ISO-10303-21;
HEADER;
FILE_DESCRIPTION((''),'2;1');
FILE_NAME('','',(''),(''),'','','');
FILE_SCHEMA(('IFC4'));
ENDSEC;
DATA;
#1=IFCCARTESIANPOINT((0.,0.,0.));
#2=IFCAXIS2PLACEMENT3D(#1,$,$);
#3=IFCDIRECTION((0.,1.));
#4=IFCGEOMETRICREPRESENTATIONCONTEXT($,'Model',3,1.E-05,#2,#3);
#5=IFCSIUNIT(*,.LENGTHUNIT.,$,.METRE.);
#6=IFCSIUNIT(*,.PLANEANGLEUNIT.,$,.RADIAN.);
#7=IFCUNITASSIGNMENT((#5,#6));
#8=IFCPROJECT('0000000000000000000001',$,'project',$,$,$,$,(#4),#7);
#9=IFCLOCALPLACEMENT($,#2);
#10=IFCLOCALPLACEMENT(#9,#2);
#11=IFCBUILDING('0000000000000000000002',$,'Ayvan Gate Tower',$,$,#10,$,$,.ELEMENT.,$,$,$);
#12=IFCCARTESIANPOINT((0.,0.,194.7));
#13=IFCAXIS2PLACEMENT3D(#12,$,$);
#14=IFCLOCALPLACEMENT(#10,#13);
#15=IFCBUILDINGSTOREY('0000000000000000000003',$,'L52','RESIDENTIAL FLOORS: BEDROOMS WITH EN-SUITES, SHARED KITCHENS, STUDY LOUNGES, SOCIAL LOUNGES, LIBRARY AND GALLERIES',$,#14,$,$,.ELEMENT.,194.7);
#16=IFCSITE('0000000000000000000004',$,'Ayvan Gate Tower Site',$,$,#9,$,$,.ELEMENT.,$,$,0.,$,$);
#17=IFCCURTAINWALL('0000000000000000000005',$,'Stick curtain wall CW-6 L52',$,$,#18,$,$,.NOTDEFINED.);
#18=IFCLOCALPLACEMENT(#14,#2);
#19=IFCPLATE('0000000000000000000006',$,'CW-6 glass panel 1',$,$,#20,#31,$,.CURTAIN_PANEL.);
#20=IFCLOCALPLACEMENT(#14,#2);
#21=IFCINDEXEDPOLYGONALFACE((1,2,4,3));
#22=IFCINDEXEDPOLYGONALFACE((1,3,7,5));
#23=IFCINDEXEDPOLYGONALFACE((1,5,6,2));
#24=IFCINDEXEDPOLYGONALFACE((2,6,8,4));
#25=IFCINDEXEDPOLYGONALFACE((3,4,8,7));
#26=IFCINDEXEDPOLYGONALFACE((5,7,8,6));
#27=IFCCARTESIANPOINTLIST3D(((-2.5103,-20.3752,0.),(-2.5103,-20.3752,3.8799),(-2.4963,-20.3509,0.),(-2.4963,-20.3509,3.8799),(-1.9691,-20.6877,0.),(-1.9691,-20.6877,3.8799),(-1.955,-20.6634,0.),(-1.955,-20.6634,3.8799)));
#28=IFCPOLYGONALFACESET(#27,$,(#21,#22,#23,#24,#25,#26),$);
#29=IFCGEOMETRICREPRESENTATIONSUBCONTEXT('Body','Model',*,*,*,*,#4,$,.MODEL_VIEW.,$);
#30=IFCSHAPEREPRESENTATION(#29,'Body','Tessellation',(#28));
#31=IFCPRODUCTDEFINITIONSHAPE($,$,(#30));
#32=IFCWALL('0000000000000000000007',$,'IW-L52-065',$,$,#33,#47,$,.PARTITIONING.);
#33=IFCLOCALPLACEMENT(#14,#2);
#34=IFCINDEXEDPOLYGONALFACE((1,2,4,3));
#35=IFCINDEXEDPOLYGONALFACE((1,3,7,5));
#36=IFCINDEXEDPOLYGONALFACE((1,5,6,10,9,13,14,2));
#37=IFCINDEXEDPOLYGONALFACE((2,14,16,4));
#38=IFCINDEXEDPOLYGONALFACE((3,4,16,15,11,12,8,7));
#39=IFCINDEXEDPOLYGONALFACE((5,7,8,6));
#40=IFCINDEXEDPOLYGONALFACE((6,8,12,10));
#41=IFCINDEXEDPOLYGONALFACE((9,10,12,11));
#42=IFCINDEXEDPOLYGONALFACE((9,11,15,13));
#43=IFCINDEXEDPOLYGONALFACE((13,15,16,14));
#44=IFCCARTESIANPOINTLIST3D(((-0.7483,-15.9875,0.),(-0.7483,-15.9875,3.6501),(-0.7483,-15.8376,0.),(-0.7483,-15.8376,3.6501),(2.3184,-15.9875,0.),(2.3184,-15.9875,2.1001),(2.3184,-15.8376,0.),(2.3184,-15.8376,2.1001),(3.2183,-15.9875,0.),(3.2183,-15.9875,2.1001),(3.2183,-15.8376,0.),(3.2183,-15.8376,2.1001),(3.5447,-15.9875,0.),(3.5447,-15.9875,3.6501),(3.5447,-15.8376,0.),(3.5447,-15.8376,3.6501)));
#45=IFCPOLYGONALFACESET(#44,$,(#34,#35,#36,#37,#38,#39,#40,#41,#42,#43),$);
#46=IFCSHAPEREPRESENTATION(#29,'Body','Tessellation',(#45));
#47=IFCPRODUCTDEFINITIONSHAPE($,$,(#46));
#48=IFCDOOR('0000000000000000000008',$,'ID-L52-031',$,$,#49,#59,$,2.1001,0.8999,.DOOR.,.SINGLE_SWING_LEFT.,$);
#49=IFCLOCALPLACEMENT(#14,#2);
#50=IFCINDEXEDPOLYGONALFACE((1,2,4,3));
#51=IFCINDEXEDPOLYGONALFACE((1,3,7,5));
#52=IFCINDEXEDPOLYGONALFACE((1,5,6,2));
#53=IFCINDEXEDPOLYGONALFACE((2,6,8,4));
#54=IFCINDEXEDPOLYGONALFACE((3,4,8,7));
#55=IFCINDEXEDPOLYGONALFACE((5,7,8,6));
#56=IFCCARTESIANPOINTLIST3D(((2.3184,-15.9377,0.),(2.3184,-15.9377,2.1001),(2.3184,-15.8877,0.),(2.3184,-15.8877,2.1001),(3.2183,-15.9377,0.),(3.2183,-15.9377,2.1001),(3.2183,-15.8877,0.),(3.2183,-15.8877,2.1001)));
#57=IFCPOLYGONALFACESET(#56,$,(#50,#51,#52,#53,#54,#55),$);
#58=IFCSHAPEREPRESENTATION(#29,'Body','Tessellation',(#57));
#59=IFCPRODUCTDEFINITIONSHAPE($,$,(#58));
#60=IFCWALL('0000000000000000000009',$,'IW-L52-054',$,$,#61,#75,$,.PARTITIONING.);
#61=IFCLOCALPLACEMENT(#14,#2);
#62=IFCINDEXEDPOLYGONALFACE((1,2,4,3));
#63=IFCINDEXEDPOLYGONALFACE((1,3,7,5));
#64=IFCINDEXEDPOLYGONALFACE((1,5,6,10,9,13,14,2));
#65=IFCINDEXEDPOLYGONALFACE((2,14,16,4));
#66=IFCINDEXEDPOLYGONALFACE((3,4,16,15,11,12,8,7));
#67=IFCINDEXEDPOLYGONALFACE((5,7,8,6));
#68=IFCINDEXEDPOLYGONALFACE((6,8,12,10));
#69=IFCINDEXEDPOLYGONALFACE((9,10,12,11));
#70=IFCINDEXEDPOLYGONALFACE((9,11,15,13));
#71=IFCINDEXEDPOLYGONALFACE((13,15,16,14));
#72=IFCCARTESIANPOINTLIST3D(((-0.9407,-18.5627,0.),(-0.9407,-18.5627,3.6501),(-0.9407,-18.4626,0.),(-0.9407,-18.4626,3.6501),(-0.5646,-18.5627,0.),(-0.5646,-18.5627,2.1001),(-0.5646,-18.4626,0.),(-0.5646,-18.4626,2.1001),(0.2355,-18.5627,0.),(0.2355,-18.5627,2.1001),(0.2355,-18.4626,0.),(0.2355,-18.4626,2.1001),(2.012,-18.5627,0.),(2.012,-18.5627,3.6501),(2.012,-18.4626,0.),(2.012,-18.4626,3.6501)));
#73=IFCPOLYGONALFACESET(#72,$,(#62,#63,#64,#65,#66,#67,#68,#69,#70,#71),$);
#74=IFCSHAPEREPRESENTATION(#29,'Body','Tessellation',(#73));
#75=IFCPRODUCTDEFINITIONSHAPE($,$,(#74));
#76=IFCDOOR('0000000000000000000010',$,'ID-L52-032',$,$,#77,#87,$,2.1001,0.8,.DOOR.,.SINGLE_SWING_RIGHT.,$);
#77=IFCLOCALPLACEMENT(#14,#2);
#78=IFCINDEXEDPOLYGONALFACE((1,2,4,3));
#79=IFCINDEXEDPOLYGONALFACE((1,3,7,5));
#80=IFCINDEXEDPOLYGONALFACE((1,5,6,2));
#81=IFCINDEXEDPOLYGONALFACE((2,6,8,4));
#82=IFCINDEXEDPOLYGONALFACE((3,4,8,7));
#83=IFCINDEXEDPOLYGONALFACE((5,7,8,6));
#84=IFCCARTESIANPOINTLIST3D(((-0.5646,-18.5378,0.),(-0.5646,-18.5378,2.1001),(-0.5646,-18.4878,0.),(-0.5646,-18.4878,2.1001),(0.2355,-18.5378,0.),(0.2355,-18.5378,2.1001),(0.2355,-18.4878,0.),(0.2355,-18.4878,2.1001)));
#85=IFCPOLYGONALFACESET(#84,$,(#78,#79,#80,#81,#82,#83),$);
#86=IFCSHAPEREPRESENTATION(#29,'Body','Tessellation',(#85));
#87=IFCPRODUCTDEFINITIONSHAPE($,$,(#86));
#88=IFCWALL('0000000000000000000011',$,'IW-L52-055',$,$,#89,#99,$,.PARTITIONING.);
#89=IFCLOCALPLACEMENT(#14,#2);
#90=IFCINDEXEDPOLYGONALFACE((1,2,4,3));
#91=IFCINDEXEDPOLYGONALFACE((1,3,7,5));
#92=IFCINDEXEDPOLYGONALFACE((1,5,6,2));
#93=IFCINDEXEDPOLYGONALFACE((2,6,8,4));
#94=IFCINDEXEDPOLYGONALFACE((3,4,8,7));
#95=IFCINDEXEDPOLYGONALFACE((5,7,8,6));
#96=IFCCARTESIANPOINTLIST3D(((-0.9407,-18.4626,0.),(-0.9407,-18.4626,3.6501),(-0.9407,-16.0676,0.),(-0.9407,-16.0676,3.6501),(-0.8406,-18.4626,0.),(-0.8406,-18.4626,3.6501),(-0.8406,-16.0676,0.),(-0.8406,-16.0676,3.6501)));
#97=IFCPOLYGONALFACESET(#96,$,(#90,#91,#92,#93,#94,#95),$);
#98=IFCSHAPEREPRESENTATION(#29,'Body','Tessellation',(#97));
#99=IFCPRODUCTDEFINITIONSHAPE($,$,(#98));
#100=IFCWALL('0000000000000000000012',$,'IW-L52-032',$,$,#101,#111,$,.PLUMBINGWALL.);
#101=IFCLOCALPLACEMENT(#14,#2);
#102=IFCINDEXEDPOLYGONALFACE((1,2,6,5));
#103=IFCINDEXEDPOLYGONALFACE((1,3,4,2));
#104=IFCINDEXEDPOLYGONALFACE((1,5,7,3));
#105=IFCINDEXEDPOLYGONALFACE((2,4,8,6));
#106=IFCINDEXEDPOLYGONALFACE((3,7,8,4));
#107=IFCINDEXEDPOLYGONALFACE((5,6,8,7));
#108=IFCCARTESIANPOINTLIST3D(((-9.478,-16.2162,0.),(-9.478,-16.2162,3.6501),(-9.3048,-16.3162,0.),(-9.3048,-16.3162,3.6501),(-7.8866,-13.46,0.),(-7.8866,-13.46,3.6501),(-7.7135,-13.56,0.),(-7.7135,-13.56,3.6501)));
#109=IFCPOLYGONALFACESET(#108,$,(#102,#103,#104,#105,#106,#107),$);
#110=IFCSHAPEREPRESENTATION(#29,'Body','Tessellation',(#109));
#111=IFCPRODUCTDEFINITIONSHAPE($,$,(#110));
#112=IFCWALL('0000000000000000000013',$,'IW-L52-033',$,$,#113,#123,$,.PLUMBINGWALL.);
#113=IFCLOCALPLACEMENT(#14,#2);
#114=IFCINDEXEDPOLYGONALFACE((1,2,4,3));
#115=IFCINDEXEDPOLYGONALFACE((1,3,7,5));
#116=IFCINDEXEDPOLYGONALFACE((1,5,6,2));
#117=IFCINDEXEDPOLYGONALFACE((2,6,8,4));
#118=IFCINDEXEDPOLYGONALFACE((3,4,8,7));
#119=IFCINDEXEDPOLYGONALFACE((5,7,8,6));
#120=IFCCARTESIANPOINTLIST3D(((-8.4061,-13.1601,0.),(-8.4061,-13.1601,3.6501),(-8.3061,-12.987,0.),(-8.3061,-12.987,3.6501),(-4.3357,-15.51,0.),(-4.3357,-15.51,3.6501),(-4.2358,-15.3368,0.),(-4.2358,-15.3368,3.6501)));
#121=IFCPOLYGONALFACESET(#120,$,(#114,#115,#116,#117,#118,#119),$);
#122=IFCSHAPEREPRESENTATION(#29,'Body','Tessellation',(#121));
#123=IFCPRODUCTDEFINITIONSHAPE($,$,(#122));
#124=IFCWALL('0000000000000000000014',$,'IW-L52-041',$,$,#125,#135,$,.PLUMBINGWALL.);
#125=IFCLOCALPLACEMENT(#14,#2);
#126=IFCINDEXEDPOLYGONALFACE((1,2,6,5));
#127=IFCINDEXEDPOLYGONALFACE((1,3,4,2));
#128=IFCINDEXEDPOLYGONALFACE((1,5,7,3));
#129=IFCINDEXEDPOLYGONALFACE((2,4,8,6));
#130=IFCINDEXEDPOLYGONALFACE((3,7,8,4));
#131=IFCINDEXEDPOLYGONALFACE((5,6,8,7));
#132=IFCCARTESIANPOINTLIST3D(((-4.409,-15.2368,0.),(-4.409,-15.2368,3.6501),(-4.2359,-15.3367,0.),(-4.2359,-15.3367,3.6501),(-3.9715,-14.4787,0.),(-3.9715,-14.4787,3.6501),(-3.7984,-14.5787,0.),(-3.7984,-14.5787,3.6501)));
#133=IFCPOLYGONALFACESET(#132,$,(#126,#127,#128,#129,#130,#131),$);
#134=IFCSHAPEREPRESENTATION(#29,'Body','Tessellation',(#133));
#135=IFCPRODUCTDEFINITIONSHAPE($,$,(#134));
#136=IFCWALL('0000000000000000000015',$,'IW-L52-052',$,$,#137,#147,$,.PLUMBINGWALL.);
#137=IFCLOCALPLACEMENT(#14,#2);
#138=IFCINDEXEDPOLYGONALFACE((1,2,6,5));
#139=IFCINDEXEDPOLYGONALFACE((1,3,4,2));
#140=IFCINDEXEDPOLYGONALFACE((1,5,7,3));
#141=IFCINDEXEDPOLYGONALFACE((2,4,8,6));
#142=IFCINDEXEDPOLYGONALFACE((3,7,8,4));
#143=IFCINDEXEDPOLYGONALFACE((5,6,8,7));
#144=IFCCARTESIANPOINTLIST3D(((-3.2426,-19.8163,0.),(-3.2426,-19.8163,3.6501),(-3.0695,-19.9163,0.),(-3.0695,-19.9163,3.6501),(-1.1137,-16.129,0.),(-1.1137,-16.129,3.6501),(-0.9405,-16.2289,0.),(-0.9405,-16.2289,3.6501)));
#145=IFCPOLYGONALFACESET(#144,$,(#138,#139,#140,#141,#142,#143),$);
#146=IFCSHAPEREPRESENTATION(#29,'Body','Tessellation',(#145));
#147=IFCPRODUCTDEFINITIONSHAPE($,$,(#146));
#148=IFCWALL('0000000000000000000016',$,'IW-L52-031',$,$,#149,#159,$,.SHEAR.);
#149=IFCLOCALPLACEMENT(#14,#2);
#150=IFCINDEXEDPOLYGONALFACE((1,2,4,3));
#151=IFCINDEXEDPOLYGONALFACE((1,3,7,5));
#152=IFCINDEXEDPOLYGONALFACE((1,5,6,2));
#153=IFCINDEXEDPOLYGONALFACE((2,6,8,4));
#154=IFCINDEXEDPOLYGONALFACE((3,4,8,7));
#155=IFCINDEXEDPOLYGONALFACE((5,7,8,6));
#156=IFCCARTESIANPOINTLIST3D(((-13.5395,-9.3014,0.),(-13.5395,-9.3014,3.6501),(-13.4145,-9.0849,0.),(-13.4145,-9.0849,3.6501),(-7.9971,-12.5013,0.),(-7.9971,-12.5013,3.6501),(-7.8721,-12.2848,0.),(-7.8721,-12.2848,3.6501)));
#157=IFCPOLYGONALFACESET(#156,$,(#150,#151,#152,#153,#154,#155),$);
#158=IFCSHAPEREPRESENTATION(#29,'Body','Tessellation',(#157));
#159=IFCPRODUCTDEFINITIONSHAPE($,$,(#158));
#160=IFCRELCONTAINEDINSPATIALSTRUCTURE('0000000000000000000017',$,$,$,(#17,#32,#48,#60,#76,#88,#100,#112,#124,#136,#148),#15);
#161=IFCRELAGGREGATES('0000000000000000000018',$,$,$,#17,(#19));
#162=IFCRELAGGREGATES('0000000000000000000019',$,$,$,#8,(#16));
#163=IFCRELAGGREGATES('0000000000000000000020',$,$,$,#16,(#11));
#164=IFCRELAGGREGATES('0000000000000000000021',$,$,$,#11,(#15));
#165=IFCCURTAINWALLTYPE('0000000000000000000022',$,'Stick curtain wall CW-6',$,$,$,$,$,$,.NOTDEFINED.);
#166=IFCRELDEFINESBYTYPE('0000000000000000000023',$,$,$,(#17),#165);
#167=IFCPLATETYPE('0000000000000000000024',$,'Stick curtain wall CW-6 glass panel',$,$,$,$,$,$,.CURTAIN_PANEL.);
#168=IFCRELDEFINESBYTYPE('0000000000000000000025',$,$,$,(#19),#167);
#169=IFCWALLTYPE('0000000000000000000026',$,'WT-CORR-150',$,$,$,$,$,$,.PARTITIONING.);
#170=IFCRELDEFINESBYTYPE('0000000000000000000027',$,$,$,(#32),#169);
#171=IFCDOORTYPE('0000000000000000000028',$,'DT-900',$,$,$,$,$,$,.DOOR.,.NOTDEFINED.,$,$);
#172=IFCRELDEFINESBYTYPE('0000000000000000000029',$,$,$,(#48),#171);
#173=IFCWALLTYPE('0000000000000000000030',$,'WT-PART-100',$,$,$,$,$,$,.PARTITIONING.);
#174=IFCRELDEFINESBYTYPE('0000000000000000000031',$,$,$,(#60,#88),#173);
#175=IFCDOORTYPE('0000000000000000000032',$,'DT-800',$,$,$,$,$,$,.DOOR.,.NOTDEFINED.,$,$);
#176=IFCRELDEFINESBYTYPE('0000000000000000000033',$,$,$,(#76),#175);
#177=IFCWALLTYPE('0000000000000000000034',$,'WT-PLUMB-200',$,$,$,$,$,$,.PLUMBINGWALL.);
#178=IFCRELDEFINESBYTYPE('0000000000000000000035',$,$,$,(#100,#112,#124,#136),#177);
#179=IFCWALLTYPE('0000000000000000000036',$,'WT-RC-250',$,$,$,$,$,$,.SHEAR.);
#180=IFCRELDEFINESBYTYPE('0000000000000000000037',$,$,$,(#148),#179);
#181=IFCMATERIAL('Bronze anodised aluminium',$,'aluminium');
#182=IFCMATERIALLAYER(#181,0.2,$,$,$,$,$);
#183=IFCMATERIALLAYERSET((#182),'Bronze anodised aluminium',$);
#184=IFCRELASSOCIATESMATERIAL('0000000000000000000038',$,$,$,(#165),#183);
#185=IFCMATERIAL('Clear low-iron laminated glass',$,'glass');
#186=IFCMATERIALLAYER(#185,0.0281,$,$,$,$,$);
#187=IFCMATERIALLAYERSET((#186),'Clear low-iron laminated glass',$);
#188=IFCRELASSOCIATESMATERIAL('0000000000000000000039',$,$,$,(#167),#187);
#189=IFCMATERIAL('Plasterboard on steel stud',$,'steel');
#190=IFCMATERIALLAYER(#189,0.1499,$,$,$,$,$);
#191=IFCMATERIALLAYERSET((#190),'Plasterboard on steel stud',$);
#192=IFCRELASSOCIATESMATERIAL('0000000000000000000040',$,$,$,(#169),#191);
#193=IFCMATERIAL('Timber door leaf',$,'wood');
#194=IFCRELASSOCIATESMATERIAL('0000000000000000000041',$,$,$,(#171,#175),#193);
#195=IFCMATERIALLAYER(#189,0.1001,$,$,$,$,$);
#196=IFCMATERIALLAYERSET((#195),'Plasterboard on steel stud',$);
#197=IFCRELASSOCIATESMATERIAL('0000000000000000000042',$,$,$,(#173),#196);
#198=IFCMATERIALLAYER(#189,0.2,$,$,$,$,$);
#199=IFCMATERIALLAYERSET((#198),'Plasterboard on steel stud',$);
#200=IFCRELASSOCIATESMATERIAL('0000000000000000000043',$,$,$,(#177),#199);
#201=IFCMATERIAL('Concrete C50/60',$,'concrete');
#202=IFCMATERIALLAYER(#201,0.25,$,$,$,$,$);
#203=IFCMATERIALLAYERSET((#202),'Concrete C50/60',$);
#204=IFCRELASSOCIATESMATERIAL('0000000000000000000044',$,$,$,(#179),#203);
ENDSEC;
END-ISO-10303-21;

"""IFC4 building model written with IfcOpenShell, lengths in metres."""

from ifc_helpers import new_model, si_unit, direction, frame, frame_2d, origin, origin_2d, place, context, subcontext, project, spatial, rectangle, extrude, material, layer, layer_set, type_object, element, fill, aggregate, save


model = new_model("IFC4")

# Units and contexts
model_context = context("Model", 3, precision=1e-05, world=origin(), true_north=direction((0.0, 1.0)))
body_context = subcontext(model_context, "Body", "Model", "MODEL_VIEW")
ifc_project = project(units=[si_unit("LENGTHUNIT", "METRE"), si_unit("PLANEANGLEUNIT", "RADIAN")], contexts=[model_context])

# Site, building, storey
site_placement = place(None, origin())
site = spatial("IfcSite", under=ifc_project, at=site_placement, Name="Ayvan Gate Tower Site", CompositionType="ELEMENT", RefElevation=0.0)
building_placement = place(site_placement, origin())
building = spatial("IfcBuilding", under=site, at=building_placement, Name="Ayvan Gate Tower", CompositionType="ELEMENT")
storey_placement = place(building_placement, frame((0.0, 0.0, 194.7)))
storey = spatial("IfcBuildingStorey", under=building, at=storey_placement, Name="L52", Description="RESIDENTIAL FLOORS: BEDROOMS WITH EN-SUITES, SHARED KITCHENS, STUDY LOUNGES, SOCIAL LOUNGES, LIBRARY AND GALLERIES", CompositionType="ELEMENT", Elevation=194.7)

# Curtain wall
ifc_material_1 = material(Name="Bronze anodised aluminium", Category="aluminium")
ifc_layer_1 = layer(ifc_material_1, 0.2)
ifc_layer_set_1 = layer_set([ifc_layer_1], Name="Bronze anodised aluminium")
curtain_wall_type_1 = type_object("IfcCurtainWallType", Name="Stick curtain wall CW-6", PredefinedType="NOTDEFINED", material=ifc_layer_set_1)
curtain_wall_1_placement = place(storey_placement, origin())
curtain_wall_1 = element("IfcCurtainWall", 1, at=curtain_wall_1_placement, inside=storey, type_object=curtain_wall_type_1, Name="Stick curtain wall CW-6 L52", PredefinedType="NOTDEFINED")

# Plate
ifc_material_2 = material(Name="Clear low-iron laminated glass", Category="glass")
ifc_layer_2 = layer(ifc_material_2, 0.0281)
ifc_layer_set_2 = layer_set([ifc_layer_2], Name="Clear low-iron laminated glass")
plate_type_1 = type_object("IfcPlateType", Name="Stick curtain wall CW-6 glass panel", PredefinedType="CURTAIN_PANEL", material=ifc_layer_set_2)
plate_1_placement = place(storey_placement, frame((-2.2327, -20.5193, 0.0), z_axis=(0.0, 0.0, 1.0), x_axis=(0.866025, -0.5, 0.0)))
plate_1 = element("IfcPlate", 2, at=plate_1_placement, type_object=plate_type_1, Name="CW-6 glass panel 1", PredefinedType="CURTAIN_PANEL", context=body_context, shape_type="SweptSolid", body=[
    extrude(rectangle(XDim=0.625, YDim=0.0281, at=origin_2d()), origin(), (0.0, 0.0, 1.0), 3.8799),
])
aggregate(curtain_wall_1, [plate_1])

# Walls, openings, doors
ifc_material_3 = material(Name="Plasterboard on steel stud", Category="steel")
ifc_layer_3 = layer(ifc_material_3, 0.1499)
ifc_layer_set_3 = layer_set([ifc_layer_3], Name="Plasterboard on steel stud")
wall_type_1 = type_object("IfcWallType", Name="WT-CORR-150", PredefinedType="PARTITIONING", material=ifc_layer_set_3)
wall_1_placement = place(storey_placement, frame((-0.7483, -15.9126, 0.0), z_axis=(0.0, 0.0, 1.0), x_axis=(1.0, 0.0, 0.0)))
wall_1 = element("IfcWall", 3, at=wall_1_placement, inside=storey, type_object=wall_type_1, Name="IW-L52-065", PredefinedType="PARTITIONING", context=body_context, shape_type="SweptSolid", body=[
    extrude(rectangle(XDim=4.293, YDim=0.1499, at=frame_2d((2.1465, 0.0))), origin(), (0.0, 0.0, 1.0), 3.6501),
])
opening_1_placement = place(wall_1_placement, frame((3.0667, 0.0, 0.0)))
opening_1 = element("IfcOpeningElement", 4, at=opening_1_placement, cuts=wall_1, PredefinedType="OPENING", context=body_context, shape_type="SweptSolid", body=[
    extrude(rectangle(XDim=0.8999, YDim=2.1001, at=frame_2d((0.45, 1.05))), frame((0.0, 0.085, 0.0), z_axis=(0.0, -1.0, 0.0), x_axis=(1.0, 0.0, 0.0)), (0.0, 0.0, 1.0), 0.1699),
])
ifc_material_4 = material(Name="Timber door leaf", Category="wood")
door_type_1 = type_object("IfcDoorType", Name="DT-900", OperationType="NOTDEFINED", PredefinedType="DOOR", material=ifc_material_4)
door_1_placement = place(opening_1_placement, origin())
door_1 = element("IfcDoor", 5, at=door_1_placement, inside=storey, type_object=door_type_1, Name="ID-L52-031", OperationType="SINGLE_SWING_LEFT", OverallHeight=2.1001, OverallWidth=0.8999, PredefinedType="DOOR", context=body_context, shape_type="SweptSolid", body=[
    extrude(rectangle(XDim=0.8999, YDim=2.1001, at=frame_2d((0.45, 1.05))), frame((0.0, 0.0249, 0.0), z_axis=(0.0, -1.0, 0.0), x_axis=(1.0, 0.0, 0.0)), (0.0, 0.0, 1.0), 0.05),
])
fill(opening_1, door_1)
ifc_layer_4 = layer(ifc_material_3, 0.1001)
ifc_layer_set_4 = layer_set([ifc_layer_4], Name="Plasterboard on steel stud")
wall_type_2 = type_object("IfcWallType", Name="WT-PART-100", PredefinedType="PARTITIONING", material=ifc_layer_set_4)
wall_2_placement = place(storey_placement, frame((-0.9407, -18.5127, 0.0), z_axis=(0.0, 0.0, 1.0), x_axis=(1.0, 0.0, 0.0)))
wall_2 = element("IfcWall", 6, at=wall_2_placement, inside=storey, type_object=wall_type_2, Name="IW-L52-054", PredefinedType="PARTITIONING", context=body_context, shape_type="SweptSolid", body=[
    extrude(rectangle(XDim=2.9526, YDim=0.1001, at=frame_2d((1.4763, 0.0))), origin(), (0.0, 0.0, 1.0), 3.6501),
])
opening_2_placement = place(wall_2_placement, frame((0.3762, 0.0, 0.0)))
opening_2 = element("IfcOpeningElement", 7, at=opening_2_placement, cuts=wall_2, PredefinedType="OPENING", context=body_context, shape_type="SweptSolid", body=[
    extrude(rectangle(XDim=0.8, YDim=2.1001, at=frame_2d((0.3999, 1.05))), frame((0.0, 0.0601, 0.0), z_axis=(0.0, -1.0, 0.0), x_axis=(1.0, 0.0, 0.0)), (0.0, 0.0, 1.0), 0.1201),
])
door_type_2 = type_object("IfcDoorType", Name="DT-800", OperationType="NOTDEFINED", PredefinedType="DOOR", material=ifc_material_4)
door_2_placement = place(opening_2_placement, origin())
door_2 = element("IfcDoor", 8, at=door_2_placement, inside=storey, type_object=door_type_2, Name="ID-L52-032", OperationType="SINGLE_SWING_RIGHT", OverallHeight=2.1001, OverallWidth=0.8, PredefinedType="DOOR", context=body_context, shape_type="SweptSolid", body=[
    extrude(rectangle(XDim=0.8, YDim=2.1001, at=frame_2d((0.3999, 1.05))), frame((0.0, 0.0249, 0.0), z_axis=(0.0, -1.0, 0.0), x_axis=(1.0, 0.0, 0.0)), (0.0, 0.0, 1.0), 0.05),
])
fill(opening_2, door_2)

# Walls
wall_3_placement = place(storey_placement, frame((-0.8906, -16.0676, 0.0), z_axis=(0.0, 0.0, 1.0), x_axis=(0.0, -1.0, 0.0)))
element("IfcWall", 9, at=wall_3_placement, inside=storey, type_object=wall_type_2, Name="IW-L52-055", PredefinedType="PARTITIONING", context=body_context, shape_type="SweptSolid", body=[
    extrude(rectangle(XDim=2.395, YDim=0.1001, at=frame_2d((1.1975, 0.0))), origin(), (0.0, 0.0, 1.0), 3.6501),
])
ifc_layer_5 = layer(ifc_material_3, 0.2)
ifc_layer_set_5 = layer_set([ifc_layer_5], Name="Plasterboard on steel stud")
wall_type_3 = type_object("IfcWallType", Name="WT-PLUMB-200", PredefinedType="PLUMBINGWALL", material=ifc_layer_set_5)
wall_4_placement = place(storey_placement, frame((-7.8, -13.51, 0.0), z_axis=(0.0, 0.0, 1.0), x_axis=(-0.500017, -0.866016, 0.0)))
element("IfcWall", 10, at=wall_4_placement, inside=storey, type_object=wall_type_3, Name="IW-L52-032", PredefinedType="PLUMBINGWALL", context=body_context, shape_type="SweptSolid", body=[
    extrude(rectangle(XDim=3.1826, YDim=0.2, at=frame_2d((1.5913, 0.0))), origin(), (0.0, 0.0, 1.0), 3.6501),
])
wall_5_placement = place(storey_placement, frame((-8.3562, -13.0735, 0.0), z_axis=(0.0, 0.0, 1.0), x_axis=(0.866039, -0.499977, 0.0)))
element("IfcWall", 11, at=wall_5_placement, inside=storey, type_object=wall_type_3, Name="IW-L52-033", PredefinedType="PLUMBINGWALL", context=body_context, shape_type="SweptSolid", body=[
    extrude(rectangle(XDim=4.7, YDim=0.2, at=frame_2d((2.3501, 0.0))), origin(), (0.0, 0.0, 1.0), 3.6501),
])
wall_6_placement = place(storey_placement, frame((-3.885, -14.5288, 0.0), z_axis=(0.0, 0.0, 1.0), x_axis=(-0.499859, -0.866107, 0.0)))
element("IfcWall", 12, at=wall_6_placement, inside=storey, type_object=wall_type_3, Name="IW-L52-041", PredefinedType="PLUMBINGWALL", context=body_context, shape_type="SweptSolid", body=[
    extrude(rectangle(XDim=0.8752, YDim=0.2, at=frame_2d((0.4375, 0.0))), origin(), (0.0, 0.0, 1.0), 3.6501),
])
wall_7_placement = place(storey_placement, frame((-1.0271, -16.179, 0.0), z_axis=(0.0, 0.0, 1.0), x_axis=(-0.500012, -0.866018, 0.0)))
element("IfcWall", 13, at=wall_7_placement, inside=storey, type_object=wall_type_3, Name="IW-L52-052", PredefinedType="PLUMBINGWALL", context=body_context, shape_type="SweptSolid", body=[
    extrude(rectangle(XDim=4.2578, YDim=0.2, at=frame_2d((2.1289, 0.0))), origin(), (0.0, 0.0, 1.0), 3.6501),
])
ifc_material_5 = material(Name="Concrete C50/60", Category="concrete")
ifc_layer_6 = layer(ifc_material_5, 0.25)
ifc_layer_set_6 = layer_set([ifc_layer_6], Name="Concrete C50/60")
wall_type_4 = type_object("IfcWallType", Name="WT-RC-250", PredefinedType="SHEAR", material=ifc_layer_set_6)
wall_8_placement = place(storey_placement, frame((-7.9346, -12.3931, 0.0), z_axis=(0.0, 0.0, 1.0), x_axis=(-0.866025, 0.5, 0.0)))
element("IfcWall", 14, at=wall_8_placement, inside=storey, type_object=wall_type_4, Name="IW-L52-031", PredefinedType="SHEAR", context=body_context, shape_type="SweptSolid", body=[
    extrude(rectangle(XDim=6.3999, YDim=0.25, at=frame_2d((3.2, 0.0))), origin(), (0.0, 0.0, 1.0), 3.6501),
])

save(model, "model.ifc")
